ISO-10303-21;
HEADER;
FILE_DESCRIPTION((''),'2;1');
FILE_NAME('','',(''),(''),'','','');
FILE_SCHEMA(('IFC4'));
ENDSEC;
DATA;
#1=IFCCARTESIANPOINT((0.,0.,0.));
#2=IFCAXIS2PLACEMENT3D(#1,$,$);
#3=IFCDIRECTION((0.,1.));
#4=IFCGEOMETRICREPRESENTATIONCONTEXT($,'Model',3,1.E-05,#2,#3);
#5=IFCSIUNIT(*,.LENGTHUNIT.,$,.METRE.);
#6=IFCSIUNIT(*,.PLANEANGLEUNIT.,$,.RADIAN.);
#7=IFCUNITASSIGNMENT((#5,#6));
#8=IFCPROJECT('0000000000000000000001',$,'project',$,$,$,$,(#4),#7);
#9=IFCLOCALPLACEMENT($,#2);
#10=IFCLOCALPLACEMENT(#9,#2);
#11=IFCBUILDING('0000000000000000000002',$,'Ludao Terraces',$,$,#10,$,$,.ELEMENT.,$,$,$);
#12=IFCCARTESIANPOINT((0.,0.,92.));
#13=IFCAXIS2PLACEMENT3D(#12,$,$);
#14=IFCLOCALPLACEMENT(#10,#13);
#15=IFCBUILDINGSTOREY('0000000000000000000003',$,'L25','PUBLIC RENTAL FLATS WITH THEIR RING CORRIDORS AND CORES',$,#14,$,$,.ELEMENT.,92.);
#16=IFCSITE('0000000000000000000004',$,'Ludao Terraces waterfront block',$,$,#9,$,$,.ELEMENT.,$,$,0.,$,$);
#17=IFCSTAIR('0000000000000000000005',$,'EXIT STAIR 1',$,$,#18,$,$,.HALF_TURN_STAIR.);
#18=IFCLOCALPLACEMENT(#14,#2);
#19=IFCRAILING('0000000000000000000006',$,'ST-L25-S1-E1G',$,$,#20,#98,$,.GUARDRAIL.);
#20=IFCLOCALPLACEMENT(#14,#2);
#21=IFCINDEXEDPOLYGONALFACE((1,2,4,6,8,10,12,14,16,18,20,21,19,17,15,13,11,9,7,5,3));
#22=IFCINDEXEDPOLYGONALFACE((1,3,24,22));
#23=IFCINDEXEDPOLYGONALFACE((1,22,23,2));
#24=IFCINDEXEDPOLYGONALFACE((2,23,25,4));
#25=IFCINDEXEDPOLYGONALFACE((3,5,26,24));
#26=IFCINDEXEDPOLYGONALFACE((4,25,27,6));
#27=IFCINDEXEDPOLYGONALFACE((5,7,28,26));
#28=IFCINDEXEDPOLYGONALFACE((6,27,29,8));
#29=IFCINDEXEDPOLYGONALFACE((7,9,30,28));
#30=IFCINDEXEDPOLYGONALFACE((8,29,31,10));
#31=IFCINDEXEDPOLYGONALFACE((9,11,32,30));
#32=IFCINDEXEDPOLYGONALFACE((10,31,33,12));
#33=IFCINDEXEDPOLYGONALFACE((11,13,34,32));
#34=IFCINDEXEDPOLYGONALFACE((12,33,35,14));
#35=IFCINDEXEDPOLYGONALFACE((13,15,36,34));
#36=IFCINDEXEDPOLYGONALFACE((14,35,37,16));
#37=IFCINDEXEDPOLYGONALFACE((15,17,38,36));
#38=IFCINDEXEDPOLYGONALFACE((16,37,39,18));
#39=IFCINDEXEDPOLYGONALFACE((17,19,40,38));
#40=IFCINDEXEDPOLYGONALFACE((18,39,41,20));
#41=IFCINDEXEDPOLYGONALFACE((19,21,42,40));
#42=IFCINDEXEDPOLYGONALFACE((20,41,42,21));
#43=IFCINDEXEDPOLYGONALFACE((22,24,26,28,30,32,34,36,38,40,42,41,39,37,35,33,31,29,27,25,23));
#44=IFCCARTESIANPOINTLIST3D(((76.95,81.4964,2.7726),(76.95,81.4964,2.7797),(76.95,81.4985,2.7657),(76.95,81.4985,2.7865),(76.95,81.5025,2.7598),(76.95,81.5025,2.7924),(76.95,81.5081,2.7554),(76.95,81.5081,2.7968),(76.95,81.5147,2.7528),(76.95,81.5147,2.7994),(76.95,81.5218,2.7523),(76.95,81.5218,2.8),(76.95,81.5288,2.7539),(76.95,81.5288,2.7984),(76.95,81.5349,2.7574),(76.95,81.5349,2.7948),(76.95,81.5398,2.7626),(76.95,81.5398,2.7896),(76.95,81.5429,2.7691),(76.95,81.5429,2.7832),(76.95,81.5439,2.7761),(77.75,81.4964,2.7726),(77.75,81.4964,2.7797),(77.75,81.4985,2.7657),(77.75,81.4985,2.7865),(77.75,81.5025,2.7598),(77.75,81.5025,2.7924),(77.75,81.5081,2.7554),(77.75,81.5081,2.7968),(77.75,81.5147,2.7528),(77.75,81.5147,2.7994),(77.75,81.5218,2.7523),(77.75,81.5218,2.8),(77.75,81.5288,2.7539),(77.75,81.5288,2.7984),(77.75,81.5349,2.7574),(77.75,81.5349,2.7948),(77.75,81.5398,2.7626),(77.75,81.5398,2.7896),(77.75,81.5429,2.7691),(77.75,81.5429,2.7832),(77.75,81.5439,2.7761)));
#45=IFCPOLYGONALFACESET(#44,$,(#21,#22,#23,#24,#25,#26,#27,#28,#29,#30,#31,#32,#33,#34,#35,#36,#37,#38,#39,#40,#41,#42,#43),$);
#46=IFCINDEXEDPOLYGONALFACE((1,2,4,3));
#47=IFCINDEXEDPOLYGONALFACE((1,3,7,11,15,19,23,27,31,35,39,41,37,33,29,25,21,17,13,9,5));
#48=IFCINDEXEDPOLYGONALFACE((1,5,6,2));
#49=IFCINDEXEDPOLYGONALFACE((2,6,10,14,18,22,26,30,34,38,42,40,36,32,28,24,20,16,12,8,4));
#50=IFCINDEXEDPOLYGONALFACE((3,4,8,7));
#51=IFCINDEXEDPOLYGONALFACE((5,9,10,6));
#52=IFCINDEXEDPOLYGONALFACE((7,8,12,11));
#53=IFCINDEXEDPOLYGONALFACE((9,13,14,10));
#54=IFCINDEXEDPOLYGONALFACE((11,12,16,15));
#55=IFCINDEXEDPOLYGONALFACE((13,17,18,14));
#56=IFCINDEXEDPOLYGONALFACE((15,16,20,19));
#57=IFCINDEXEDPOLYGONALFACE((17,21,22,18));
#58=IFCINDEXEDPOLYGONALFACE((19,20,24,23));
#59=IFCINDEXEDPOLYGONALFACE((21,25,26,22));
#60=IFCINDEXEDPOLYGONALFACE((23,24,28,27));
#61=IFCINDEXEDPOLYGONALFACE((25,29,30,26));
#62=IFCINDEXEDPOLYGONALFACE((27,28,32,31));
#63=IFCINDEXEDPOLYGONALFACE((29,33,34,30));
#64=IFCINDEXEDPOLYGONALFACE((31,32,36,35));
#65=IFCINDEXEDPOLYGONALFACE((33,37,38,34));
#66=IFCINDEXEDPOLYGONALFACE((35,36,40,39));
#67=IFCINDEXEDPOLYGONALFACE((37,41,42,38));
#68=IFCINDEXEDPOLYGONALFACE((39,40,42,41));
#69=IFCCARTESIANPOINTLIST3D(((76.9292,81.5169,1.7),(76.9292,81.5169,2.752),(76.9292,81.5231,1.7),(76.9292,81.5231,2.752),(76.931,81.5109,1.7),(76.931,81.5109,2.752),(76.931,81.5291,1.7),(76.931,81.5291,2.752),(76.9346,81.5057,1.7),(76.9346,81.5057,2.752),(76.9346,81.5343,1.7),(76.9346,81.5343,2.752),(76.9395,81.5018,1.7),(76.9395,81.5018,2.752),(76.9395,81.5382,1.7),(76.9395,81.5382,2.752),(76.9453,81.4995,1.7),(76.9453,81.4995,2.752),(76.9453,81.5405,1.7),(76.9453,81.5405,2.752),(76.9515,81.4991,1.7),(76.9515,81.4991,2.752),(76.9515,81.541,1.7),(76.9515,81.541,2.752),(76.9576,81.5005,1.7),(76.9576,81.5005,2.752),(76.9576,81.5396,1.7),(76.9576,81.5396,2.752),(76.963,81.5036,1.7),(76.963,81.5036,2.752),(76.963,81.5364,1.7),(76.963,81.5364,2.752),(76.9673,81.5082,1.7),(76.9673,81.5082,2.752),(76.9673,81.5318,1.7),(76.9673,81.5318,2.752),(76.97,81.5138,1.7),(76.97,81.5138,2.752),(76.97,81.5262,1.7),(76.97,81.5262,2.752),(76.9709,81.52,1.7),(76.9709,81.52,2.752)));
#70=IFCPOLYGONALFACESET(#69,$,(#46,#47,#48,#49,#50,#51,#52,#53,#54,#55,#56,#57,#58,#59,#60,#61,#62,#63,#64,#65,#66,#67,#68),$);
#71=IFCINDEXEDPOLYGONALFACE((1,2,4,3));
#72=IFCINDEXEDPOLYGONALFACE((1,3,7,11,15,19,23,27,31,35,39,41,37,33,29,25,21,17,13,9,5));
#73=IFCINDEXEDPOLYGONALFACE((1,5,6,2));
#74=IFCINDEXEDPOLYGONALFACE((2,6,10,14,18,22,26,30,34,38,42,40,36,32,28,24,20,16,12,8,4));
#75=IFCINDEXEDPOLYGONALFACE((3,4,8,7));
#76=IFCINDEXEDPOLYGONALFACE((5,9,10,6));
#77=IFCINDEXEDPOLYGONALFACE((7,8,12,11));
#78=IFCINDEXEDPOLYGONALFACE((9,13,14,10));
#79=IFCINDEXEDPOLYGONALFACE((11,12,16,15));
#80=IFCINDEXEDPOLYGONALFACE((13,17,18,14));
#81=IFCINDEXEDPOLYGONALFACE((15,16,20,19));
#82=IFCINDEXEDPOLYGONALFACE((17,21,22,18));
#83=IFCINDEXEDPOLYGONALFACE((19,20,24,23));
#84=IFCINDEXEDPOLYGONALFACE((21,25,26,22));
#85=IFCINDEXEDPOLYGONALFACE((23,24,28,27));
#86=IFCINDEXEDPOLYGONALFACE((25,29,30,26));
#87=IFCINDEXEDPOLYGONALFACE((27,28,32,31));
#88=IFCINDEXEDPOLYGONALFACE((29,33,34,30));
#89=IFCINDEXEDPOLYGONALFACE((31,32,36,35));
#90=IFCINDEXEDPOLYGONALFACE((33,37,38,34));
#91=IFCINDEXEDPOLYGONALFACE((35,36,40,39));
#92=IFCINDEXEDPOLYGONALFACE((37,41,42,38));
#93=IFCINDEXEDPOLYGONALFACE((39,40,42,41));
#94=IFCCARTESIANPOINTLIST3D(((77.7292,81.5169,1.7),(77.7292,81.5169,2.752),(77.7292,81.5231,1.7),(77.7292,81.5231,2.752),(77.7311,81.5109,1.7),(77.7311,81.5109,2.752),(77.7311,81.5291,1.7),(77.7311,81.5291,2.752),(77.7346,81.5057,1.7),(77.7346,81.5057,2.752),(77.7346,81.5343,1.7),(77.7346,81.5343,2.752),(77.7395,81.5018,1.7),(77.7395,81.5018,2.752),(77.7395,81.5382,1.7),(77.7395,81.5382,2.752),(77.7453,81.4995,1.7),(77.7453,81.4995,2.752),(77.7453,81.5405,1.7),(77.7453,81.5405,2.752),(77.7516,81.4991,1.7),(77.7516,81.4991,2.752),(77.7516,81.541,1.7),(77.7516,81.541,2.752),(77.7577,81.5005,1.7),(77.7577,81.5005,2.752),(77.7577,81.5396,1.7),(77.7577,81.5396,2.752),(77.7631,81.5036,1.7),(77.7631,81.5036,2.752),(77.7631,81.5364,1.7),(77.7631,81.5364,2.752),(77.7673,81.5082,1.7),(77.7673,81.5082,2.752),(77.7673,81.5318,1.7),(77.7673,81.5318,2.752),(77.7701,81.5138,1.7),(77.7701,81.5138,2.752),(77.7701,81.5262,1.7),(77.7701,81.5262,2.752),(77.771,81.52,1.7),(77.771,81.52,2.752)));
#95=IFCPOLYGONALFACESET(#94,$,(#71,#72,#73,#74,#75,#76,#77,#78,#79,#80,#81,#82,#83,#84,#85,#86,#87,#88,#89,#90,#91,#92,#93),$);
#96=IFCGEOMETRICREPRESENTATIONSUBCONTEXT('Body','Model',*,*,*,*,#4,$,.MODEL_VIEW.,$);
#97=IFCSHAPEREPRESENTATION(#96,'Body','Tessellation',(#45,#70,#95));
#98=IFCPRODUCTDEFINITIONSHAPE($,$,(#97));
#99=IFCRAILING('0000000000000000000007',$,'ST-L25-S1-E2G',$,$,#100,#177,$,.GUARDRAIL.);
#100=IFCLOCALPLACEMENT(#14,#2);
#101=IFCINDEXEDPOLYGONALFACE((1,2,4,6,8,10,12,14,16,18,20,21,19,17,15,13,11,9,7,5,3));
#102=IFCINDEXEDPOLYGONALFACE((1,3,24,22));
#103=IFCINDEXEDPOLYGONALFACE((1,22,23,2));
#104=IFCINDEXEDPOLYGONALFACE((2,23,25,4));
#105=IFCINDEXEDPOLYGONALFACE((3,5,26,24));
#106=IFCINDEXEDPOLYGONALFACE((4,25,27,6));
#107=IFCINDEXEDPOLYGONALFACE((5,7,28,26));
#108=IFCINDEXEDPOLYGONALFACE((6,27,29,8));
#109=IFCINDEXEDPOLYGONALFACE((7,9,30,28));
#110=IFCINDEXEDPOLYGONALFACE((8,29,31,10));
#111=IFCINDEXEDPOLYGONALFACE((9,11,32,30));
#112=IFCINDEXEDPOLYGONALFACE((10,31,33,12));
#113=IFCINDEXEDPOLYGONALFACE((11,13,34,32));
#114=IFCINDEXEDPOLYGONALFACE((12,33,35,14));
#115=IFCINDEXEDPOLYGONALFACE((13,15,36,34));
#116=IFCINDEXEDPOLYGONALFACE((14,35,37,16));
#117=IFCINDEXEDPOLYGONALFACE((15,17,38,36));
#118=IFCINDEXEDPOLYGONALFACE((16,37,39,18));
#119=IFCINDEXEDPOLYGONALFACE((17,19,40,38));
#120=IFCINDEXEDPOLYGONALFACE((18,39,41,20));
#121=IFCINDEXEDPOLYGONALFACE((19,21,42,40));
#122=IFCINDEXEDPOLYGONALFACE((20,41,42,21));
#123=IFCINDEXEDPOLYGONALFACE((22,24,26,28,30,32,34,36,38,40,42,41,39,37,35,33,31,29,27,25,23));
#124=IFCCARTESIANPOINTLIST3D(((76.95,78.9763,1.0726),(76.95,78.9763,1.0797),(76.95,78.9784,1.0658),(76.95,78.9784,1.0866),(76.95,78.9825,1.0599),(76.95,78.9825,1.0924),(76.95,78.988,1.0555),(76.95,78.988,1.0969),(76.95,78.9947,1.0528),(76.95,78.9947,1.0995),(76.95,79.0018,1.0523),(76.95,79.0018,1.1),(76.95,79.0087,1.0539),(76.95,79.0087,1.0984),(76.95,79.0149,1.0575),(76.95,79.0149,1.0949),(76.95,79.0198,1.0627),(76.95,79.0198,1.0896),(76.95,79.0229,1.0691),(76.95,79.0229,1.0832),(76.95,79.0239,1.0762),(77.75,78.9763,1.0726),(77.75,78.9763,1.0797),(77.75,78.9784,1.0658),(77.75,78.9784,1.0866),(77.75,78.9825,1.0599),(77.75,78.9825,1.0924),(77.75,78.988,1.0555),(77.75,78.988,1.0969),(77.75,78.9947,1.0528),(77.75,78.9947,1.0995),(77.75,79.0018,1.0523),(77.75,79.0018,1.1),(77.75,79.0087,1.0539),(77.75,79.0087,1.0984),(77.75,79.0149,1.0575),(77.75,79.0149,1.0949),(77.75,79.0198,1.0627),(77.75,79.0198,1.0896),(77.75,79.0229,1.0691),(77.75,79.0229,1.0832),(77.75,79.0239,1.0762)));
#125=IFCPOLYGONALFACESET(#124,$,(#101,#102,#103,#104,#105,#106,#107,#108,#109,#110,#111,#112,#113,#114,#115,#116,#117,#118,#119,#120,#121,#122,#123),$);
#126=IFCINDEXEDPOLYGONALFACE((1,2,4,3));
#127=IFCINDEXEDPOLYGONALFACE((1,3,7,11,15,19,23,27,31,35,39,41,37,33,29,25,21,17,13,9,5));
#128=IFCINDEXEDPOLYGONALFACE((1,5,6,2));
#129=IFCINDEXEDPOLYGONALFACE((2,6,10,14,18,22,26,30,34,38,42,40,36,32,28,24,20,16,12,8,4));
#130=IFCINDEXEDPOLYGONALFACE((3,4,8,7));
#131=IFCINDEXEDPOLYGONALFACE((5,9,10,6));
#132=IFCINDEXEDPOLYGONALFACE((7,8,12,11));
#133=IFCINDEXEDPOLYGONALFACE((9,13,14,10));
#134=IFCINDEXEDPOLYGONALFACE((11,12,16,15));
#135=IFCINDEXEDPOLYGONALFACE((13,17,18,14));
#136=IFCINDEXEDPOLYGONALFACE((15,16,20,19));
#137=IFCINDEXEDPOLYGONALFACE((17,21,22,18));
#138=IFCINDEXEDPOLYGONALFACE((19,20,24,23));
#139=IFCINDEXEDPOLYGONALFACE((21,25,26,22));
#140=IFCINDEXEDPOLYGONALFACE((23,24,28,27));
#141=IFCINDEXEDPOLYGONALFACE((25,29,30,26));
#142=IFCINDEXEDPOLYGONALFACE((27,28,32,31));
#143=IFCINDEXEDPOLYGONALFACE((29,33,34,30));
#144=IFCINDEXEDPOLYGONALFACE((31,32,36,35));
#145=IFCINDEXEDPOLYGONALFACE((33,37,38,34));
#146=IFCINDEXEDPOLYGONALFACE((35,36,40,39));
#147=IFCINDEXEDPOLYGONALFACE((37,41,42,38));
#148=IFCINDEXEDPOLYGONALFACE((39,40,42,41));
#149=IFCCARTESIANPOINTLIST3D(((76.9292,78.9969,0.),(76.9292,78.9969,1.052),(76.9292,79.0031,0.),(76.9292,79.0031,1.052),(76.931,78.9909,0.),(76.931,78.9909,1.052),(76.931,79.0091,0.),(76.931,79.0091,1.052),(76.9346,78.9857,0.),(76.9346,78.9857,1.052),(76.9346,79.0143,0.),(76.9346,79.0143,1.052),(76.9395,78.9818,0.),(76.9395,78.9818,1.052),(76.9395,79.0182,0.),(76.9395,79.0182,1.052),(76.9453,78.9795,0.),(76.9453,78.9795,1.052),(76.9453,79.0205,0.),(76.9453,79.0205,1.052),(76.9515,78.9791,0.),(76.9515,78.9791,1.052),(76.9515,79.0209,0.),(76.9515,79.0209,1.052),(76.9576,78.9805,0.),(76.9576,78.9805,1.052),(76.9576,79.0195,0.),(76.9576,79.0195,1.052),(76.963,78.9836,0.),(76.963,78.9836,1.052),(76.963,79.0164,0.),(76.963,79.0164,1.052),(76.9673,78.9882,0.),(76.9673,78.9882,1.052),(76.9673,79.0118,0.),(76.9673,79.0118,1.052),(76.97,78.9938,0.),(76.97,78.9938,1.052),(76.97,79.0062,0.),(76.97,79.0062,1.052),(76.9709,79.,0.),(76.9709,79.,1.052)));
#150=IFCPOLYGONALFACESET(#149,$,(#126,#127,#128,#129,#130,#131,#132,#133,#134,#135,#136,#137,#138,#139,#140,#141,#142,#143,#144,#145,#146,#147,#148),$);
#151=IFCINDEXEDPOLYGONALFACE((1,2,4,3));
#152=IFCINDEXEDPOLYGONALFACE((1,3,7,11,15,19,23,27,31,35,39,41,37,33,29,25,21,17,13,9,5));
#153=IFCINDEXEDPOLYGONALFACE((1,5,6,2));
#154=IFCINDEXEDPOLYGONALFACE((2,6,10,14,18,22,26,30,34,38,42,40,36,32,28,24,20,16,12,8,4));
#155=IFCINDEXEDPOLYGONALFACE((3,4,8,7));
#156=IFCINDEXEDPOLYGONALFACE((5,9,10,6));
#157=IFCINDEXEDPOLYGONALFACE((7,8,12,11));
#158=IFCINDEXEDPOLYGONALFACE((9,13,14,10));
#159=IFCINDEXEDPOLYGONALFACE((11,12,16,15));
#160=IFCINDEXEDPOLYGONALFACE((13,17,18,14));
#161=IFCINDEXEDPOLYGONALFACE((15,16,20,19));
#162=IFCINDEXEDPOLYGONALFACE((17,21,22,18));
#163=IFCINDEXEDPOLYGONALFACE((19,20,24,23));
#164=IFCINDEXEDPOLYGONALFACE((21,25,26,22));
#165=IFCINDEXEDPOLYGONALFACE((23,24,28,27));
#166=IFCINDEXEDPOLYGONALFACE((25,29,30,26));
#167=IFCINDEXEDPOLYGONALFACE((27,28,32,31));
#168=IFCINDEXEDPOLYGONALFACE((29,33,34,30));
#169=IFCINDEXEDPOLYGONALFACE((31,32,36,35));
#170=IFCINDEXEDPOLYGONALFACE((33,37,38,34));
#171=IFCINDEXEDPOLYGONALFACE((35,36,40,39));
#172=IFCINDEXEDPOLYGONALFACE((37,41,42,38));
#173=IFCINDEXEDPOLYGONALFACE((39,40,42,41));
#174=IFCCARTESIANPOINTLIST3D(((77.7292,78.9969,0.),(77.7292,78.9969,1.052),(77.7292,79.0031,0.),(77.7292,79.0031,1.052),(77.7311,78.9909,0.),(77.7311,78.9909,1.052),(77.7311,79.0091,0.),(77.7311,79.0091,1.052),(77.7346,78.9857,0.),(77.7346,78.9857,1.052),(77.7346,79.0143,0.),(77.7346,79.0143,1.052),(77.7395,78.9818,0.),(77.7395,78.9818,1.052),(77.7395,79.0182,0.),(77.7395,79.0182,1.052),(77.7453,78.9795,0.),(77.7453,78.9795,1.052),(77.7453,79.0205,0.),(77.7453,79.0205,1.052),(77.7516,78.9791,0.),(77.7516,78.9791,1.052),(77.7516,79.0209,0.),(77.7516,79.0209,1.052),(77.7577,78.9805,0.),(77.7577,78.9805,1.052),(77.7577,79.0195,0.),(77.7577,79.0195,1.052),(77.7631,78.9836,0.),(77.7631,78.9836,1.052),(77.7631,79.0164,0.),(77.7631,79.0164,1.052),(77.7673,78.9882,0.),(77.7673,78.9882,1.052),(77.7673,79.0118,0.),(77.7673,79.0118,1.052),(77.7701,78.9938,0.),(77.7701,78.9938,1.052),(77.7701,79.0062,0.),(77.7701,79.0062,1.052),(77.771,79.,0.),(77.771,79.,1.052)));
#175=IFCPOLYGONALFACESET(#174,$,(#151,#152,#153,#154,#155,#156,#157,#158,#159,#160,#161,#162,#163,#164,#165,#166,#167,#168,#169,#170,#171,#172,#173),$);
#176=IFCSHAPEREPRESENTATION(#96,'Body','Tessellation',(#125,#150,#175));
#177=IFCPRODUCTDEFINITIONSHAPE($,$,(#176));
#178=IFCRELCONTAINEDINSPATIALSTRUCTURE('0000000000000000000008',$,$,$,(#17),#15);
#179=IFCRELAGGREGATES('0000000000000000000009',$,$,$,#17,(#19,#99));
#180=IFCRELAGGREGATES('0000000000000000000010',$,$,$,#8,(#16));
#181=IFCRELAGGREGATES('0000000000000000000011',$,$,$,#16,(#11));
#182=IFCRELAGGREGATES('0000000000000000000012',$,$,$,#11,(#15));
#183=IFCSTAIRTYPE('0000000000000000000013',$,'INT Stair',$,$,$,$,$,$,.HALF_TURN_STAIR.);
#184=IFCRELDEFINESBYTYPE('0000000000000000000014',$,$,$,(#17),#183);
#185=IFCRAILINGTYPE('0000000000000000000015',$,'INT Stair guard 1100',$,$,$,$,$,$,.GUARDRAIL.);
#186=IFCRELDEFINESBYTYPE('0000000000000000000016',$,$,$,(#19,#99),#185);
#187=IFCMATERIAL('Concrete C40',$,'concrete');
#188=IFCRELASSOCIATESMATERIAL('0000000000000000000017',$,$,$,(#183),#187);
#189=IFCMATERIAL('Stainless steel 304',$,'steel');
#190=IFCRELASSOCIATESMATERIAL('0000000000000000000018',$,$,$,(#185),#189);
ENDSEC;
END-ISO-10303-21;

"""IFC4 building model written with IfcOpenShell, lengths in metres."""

from ifc_helpers import new_model, si_unit, direction, frame, origin, origin_2d, place, context, subcontext, project, spatial, circle, extrude, material, type_object, element, aggregate, save


model = new_model("IFC4")

# Units and contexts
model_context = context("Model", 3, precision=1e-05, world=origin(), true_north=direction((0.0, 1.0)))
body_context = subcontext(model_context, "Body", "Model", "MODEL_VIEW")
ifc_project = project(units=[si_unit("LENGTHUNIT", "METRE"), si_unit("PLANEANGLEUNIT", "RADIAN")], contexts=[model_context])

# Site, building, storey
site_placement = place(None, origin())
site = spatial("IfcSite", under=ifc_project, at=site_placement, Name="Ludao Terraces waterfront block", CompositionType="ELEMENT", RefElevation=0.0)
building_placement = place(site_placement, origin())
building = spatial("IfcBuilding", under=site, at=building_placement, Name="Ludao Terraces", CompositionType="ELEMENT")
storey_placement = place(building_placement, frame((0.0, 0.0, 92.0)))
storey = spatial("IfcBuildingStorey", under=building, at=storey_placement, Name="L25", Description="PUBLIC RENTAL FLATS WITH THEIR RING CORRIDORS AND CORES", CompositionType="ELEMENT", Elevation=92.0)

# Shared definitions
ifc_material_1 = material(Name="Stainless steel 304", Category="steel")

# Stair, railings
ifc_material_2 = material(Name="Concrete C40", Category="concrete")
stair_type = type_object("IfcStairType", Name="INT Stair", PredefinedType="HALF_TURN_STAIR", material=ifc_material_2)
stair_placement = place(storey_placement, origin())
stair = element("IfcStair", 1, at=stair_placement, inside=storey, type_object=stair_type, Name="EXIT STAIR 1", PredefinedType="HALF_TURN_STAIR")
railing_type_1 = type_object("IfcRailingType", Name="INT Stair guard 1100", PredefinedType="GUARDRAIL", material=ifc_material_1)
railing_1_placement = place(storey_placement, frame((76.95, 81.52, 1.7)))
railing_1 = element("IfcRailing", 2, at=railing_1_placement, type_object=railing_type_1, Name="ST-L25-S1-E1G", PredefinedType="GUARDRAIL", context=body_context, shape_type="SweptSolid", body=[
    extrude(circle(Radius=0.0239, at=origin_2d()), frame((0.0, 0.0, 1.0762), z_axis=(1.0, 0.0, 0.0), x_axis=(0.0, 1.0, 0.0)), (0.0, 0.0, 1.0), 0.8),
    extrude(circle(Radius=0.021, at=origin_2d()), origin(), (0.0, 0.0, 1.0), 1.052),
    extrude(circle(Radius=0.021, at=origin_2d()), frame((0.8, 0.0, 0.0)), (0.0, 0.0, 1.0), 1.052),
])
railing_2_placement = place(storey_placement, frame((76.95, 79.0, 0.0)))
railing_2 = element("IfcRailing", 3, at=railing_2_placement, type_object=railing_type_1, Name="ST-L25-S1-E2G", PredefinedType="GUARDRAIL", context=body_context, shape_type="SweptSolid", body=[
    extrude(circle(Radius=0.0239, at=origin_2d()), frame((0.0, 0.0, 1.0762), z_axis=(1.0, 0.0, 0.0), x_axis=(0.0, 1.0, 0.0)), (0.0, 0.0, 1.0), 0.8),
    extrude(circle(Radius=0.021, at=origin_2d()), origin(), (0.0, 0.0, 1.0), 1.052),
    extrude(circle(Radius=0.021, at=origin_2d()), frame((0.8, 0.0, 0.0)), (0.0, 0.0, 1.0), 1.052),
])
aggregate(stair, [railing_1, railing_2])

save(model, "model.ifc")
